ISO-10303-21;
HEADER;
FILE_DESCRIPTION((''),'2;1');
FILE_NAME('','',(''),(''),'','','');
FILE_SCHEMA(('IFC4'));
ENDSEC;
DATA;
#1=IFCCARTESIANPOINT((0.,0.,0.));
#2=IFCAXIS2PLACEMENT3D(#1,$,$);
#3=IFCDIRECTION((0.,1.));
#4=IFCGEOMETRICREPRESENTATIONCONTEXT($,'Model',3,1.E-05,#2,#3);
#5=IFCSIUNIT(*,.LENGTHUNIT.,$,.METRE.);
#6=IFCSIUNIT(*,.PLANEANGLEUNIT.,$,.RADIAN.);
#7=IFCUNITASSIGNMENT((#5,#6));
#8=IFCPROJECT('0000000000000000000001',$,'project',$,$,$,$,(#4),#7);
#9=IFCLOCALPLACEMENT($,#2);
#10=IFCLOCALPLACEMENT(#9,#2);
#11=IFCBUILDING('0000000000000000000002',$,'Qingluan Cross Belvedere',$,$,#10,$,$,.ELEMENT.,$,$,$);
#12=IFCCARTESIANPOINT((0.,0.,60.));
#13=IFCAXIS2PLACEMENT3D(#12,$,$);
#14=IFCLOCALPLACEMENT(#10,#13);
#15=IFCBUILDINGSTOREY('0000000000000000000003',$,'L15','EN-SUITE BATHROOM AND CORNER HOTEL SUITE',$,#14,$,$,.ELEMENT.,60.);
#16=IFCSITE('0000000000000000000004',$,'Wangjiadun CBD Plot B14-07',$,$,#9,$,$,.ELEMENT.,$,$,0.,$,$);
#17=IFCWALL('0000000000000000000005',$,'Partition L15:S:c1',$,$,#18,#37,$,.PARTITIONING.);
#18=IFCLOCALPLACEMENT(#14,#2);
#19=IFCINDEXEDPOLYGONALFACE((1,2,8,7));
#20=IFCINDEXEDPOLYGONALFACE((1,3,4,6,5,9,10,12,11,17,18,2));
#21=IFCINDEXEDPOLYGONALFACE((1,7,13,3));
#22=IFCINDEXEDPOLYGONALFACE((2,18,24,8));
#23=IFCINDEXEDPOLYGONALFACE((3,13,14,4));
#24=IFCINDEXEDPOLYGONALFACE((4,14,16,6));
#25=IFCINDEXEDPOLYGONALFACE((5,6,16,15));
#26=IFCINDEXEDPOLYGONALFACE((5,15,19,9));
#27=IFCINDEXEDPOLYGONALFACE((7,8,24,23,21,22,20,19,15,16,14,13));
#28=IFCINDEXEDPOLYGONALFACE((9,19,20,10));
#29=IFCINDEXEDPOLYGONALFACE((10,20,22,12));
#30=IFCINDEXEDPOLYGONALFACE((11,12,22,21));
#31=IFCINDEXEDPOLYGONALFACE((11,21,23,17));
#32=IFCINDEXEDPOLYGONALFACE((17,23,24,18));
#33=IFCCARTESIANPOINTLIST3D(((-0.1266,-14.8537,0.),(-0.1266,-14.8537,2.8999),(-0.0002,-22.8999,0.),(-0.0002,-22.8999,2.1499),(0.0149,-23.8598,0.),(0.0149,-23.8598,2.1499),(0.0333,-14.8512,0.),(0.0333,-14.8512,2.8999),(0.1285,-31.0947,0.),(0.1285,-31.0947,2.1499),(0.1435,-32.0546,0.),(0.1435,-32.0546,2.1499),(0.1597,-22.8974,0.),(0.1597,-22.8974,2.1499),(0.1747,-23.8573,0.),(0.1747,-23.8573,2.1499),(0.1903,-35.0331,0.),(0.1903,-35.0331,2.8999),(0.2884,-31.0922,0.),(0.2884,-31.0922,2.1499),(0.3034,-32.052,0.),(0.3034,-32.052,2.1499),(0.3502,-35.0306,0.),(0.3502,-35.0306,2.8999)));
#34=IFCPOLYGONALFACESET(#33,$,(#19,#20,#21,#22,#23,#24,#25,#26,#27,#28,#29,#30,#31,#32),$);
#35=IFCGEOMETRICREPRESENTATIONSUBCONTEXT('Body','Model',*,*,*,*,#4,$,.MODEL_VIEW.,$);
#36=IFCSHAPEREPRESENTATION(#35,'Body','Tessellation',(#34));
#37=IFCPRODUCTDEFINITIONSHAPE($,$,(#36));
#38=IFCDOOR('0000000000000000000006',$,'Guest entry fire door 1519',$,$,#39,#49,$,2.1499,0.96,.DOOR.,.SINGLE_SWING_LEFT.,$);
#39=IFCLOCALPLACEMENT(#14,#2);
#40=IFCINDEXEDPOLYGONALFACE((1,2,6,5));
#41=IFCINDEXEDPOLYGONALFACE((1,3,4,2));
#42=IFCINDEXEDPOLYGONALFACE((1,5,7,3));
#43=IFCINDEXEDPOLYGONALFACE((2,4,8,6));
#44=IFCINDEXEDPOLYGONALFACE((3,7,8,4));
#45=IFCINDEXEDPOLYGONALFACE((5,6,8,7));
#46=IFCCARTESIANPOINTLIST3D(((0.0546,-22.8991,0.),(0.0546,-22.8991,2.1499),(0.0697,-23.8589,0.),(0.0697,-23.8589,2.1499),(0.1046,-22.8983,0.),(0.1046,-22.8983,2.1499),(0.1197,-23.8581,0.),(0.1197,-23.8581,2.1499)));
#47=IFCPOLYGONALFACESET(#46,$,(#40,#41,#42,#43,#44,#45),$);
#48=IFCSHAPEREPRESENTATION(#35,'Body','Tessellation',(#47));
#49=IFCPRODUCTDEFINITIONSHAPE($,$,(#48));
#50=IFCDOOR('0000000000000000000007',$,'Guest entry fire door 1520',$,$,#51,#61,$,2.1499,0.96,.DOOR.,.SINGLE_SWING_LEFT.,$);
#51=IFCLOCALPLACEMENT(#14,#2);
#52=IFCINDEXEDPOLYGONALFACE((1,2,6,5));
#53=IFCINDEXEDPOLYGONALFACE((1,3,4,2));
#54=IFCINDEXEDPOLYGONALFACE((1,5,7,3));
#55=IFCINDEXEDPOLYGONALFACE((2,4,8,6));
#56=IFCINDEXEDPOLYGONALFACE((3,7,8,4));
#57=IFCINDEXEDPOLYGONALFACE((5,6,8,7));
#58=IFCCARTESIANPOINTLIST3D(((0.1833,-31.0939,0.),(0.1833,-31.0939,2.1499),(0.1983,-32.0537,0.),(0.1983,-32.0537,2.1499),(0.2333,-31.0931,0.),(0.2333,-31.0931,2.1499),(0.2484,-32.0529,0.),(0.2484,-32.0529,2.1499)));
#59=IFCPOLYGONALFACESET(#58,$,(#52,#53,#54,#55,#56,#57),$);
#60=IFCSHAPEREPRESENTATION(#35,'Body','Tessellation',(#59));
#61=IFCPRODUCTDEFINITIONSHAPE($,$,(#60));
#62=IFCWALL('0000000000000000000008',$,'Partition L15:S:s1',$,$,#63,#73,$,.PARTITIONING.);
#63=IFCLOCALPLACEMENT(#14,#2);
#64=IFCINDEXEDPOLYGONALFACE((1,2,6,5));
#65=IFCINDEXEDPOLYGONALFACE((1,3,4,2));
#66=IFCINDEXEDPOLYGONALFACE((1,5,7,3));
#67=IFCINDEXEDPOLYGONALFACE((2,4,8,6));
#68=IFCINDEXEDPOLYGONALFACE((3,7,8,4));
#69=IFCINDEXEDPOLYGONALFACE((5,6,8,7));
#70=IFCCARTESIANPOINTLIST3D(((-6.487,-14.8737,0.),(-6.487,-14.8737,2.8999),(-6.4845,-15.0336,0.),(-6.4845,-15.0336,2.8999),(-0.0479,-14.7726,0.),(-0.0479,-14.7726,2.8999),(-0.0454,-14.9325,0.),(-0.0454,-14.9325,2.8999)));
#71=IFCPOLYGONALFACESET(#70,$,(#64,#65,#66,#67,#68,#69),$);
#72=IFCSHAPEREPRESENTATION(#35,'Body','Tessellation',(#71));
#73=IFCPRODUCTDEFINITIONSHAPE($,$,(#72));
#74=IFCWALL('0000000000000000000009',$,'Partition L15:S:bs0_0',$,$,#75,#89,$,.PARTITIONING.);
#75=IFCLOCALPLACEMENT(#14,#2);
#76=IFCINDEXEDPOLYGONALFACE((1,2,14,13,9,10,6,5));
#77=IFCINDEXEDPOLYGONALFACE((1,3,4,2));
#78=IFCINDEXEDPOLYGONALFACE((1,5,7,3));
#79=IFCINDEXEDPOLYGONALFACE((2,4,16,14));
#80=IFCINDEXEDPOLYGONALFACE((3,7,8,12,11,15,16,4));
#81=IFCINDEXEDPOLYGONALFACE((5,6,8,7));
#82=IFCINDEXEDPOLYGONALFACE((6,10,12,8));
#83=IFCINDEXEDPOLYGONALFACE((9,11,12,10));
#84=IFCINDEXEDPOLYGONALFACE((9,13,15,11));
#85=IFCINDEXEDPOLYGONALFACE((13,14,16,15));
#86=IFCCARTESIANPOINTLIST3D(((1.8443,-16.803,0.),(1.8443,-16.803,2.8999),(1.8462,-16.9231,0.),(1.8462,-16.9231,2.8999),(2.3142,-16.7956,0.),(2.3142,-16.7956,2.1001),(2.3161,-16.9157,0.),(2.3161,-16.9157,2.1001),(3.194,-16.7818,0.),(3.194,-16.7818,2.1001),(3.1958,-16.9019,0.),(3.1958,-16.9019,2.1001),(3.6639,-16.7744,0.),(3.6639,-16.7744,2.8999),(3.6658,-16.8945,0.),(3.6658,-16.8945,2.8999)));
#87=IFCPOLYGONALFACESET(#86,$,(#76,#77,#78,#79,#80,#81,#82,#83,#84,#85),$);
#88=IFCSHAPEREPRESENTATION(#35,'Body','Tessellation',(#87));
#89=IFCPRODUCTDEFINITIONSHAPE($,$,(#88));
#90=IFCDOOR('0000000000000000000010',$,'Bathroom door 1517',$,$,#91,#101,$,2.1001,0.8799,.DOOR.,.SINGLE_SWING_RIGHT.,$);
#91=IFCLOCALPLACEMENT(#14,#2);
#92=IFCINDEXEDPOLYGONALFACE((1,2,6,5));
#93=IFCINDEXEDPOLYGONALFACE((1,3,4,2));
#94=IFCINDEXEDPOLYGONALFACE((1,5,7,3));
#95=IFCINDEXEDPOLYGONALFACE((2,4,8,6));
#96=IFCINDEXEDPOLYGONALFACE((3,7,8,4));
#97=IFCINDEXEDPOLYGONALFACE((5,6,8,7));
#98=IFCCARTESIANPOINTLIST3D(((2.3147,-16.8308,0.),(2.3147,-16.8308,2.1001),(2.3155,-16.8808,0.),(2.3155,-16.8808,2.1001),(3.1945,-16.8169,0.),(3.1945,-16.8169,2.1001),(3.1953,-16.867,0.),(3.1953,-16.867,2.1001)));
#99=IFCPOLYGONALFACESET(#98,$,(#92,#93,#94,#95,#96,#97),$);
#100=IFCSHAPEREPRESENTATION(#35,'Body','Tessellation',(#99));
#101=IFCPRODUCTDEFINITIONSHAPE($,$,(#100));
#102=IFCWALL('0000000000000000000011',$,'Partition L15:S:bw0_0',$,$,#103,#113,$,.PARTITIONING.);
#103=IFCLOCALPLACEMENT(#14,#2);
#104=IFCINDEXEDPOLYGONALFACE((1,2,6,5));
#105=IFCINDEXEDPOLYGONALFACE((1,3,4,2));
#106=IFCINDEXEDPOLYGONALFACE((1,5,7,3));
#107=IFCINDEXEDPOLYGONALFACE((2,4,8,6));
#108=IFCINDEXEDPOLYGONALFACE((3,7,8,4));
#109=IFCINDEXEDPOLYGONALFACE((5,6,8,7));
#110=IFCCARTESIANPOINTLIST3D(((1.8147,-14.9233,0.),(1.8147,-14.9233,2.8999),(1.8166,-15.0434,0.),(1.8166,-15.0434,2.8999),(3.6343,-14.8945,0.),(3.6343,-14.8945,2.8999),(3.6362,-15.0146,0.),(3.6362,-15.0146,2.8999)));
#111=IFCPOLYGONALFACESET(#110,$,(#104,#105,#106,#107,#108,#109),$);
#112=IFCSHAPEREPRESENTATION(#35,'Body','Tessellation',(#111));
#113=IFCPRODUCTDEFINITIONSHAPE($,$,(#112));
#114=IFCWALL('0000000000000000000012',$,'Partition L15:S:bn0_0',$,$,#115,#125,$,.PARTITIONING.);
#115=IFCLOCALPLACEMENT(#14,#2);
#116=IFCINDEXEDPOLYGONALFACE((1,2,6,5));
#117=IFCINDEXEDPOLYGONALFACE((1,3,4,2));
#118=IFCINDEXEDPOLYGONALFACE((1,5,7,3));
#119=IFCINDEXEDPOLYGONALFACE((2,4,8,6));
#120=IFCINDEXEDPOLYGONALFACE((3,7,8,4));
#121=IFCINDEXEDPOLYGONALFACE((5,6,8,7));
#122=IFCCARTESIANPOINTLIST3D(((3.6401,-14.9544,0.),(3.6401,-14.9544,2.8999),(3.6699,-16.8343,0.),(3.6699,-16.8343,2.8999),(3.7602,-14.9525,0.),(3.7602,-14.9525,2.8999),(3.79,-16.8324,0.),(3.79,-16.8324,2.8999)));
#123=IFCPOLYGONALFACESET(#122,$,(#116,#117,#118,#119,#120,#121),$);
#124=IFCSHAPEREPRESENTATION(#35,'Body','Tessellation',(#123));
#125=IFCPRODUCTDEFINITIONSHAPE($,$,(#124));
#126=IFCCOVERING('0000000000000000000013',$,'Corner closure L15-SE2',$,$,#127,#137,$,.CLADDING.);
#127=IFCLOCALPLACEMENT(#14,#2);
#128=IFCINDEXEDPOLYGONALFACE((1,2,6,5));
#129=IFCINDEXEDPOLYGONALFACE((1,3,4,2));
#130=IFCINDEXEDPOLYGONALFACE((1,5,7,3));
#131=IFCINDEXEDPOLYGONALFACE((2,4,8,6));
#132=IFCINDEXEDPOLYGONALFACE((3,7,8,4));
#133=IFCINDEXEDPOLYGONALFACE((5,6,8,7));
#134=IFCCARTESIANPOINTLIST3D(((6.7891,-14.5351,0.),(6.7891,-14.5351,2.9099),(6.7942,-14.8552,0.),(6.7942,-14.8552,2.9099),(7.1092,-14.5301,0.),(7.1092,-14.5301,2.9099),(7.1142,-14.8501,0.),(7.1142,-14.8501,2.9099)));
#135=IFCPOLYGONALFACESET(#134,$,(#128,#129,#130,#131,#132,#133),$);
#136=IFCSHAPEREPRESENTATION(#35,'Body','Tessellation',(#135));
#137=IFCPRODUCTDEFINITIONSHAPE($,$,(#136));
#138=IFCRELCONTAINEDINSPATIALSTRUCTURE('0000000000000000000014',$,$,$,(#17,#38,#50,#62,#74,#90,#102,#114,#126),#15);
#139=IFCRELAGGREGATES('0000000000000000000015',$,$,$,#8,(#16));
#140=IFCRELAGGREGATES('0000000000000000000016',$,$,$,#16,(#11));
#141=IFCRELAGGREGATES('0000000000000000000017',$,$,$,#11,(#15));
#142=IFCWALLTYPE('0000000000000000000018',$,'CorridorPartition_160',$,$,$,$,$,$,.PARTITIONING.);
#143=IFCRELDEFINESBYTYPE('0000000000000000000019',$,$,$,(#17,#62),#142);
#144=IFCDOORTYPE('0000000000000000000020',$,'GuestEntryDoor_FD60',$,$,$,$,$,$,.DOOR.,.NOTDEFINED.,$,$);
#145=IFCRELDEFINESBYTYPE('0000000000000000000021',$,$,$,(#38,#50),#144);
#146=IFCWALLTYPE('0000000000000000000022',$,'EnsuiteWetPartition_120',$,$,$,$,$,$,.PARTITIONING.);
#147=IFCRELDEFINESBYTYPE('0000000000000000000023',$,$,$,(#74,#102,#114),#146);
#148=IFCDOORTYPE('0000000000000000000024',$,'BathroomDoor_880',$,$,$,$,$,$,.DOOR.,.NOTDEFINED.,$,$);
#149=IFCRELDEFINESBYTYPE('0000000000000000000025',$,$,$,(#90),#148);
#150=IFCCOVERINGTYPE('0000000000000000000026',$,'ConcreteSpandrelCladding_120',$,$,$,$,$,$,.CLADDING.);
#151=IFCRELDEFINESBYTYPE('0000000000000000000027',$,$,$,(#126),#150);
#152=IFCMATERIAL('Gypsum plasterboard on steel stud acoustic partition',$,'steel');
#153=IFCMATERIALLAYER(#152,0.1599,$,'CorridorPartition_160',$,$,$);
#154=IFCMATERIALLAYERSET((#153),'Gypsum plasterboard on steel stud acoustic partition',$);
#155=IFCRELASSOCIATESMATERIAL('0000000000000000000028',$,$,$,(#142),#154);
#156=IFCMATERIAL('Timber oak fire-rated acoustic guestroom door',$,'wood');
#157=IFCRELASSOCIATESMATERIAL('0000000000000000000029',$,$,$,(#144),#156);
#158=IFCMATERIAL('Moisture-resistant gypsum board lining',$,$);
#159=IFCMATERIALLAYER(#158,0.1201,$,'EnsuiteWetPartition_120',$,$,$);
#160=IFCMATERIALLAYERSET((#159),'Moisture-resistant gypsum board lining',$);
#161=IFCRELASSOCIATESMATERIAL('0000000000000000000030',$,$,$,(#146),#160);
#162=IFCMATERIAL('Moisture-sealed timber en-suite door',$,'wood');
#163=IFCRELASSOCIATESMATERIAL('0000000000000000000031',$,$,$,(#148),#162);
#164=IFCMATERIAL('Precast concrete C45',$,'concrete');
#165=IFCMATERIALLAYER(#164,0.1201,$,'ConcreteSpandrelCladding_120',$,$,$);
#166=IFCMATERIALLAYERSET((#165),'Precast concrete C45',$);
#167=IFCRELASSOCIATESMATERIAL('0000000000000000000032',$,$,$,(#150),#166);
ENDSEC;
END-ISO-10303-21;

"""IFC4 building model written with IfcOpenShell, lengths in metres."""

from ifc_helpers import new_model, si_unit, direction, frame, frame_2d, origin, origin_2d, place, context, subcontext, project, spatial, rectangle, extrude, material, layer, layer_set, type_object, element, fill, save


model = new_model("IFC4")

# Units and contexts
model_context = context("Model", 3, precision=1e-05, world=origin(), true_north=direction((0.0, 1.0)))
body_context = subcontext(model_context, "Body", "Model", "MODEL_VIEW")
ifc_project = project(units=[si_unit("LENGTHUNIT", "METRE"), si_unit("PLANEANGLEUNIT", "RADIAN")], contexts=[model_context])

# Site, building, storey
site_placement = place(None, origin())
site = spatial("IfcSite", under=ifc_project, at=site_placement, Name="Wangjiadun CBD Plot B14-07", CompositionType="ELEMENT", RefElevation=0.0)
building_placement = place(site_placement, origin())
building = spatial("IfcBuilding", under=site, at=building_placement, Name="Qingluan Cross Belvedere", CompositionType="ELEMENT")
storey_placement = place(building_placement, frame((0.0, 0.0, 60.0)))
storey = spatial("IfcBuildingStorey", under=building, at=storey_placement, Name="L15", Description="EN-SUITE BATHROOM AND CORNER HOTEL SUITE", CompositionType="ELEMENT", Elevation=60.0)

# Shared definitions
ifc_material_1 = material(Name="Gypsum plasterboard on steel stud acoustic partition", Category="steel")
ifc_layer_1 = layer(ifc_material_1, 0.1599, Name="CorridorPartition_160")
ifc_layer_set_1 = layer_set([ifc_layer_1], Name="Gypsum plasterboard on steel stud acoustic partition")
wall_type_1 = type_object("IfcWallType", Name="CorridorPartition_160", PredefinedType="PARTITIONING", material=ifc_layer_set_1)
ifc_material_2 = material(Name="Timber oak fire-rated acoustic guestroom door", Category="wood")
door_type_1 = type_object("IfcDoorType", Name="GuestEntryDoor_FD60", OperationType="NOTDEFINED", PredefinedType="DOOR", material=ifc_material_2)

# Wall, openings, doors
wall_1_placement = place(storey_placement, frame((-0.0466, -14.8525, 0.0), z_axis=(0.0, 0.0, 1.0), x_axis=(0.015702, -0.999877, 0.0)))
wall_1 = element("IfcWall", 1, at=wall_1_placement, inside=storey, type_object=wall_type_1, Name="Partition L15:S:c1", PredefinedType="PARTITIONING", context=body_context, shape_type="SweptSolid", body=[
    extrude(rectangle(XDim=20.1819, YDim=0.1599, at=frame_2d((10.0908, 0.0))), origin(), (0.0, 0.0, 1.0), 2.8999),
])
opening_1_placement = place(wall_1_placement, frame((8.0471, 0.0, 0.0)))
opening_1 = element("IfcOpeningElement", 2, at=opening_1_placement, cuts=wall_1, PredefinedType="OPENING", context=body_context, shape_type="SweptSolid", body=[
    extrude(rectangle(XDim=0.96, YDim=2.1499, at=frame_2d((0.48, 1.075))), frame((0.0, 0.0898, 0.0), z_axis=(0.0, -1.0, 0.0), x_axis=(1.0, 0.0, 0.0)), (0.0, 0.0, 1.0), 0.1799),
])
opening_2_placement = place(wall_1_placement, frame((16.2429, 0.0, 0.0)))
opening_2 = element("IfcOpeningElement", 3, at=opening_2_placement, cuts=wall_1, PredefinedType="OPENING", context=body_context, shape_type="SweptSolid", body=[
    extrude(rectangle(XDim=0.96, YDim=2.1499, at=frame_2d((0.48, 1.075))), frame((0.0, 0.0898, 0.0), z_axis=(0.0, -1.0, 0.0), x_axis=(1.0, 0.0, 0.0)), (0.0, 0.0, 1.0), 0.1799),
])
door_1_placement = place(opening_1_placement, origin())
door_1 = element("IfcDoor", 4, at=door_1_placement, inside=storey, type_object=door_type_1, Name="Guest entry fire door 1519", OperationType="SINGLE_SWING_LEFT", OverallHeight=2.1499, OverallWidth=0.96, PredefinedType="DOOR", context=body_context, shape_type="SweptSolid", body=[
    extrude(rectangle(XDim=0.96, YDim=2.1499, at=frame_2d((0.48, 1.075))), frame((0.0, 0.0249, 0.0), z_axis=(0.0, -1.0, 0.0), x_axis=(1.0, 0.0, 0.0)), (0.0, 0.0, 1.0), 0.05),
])
fill(opening_1, door_1)
door_2_placement = place(opening_2_placement, origin())
door_2 = element("IfcDoor", 5, at=door_2_placement, inside=storey, type_object=door_type_1, Name="Guest entry fire door 1520", OperationType="SINGLE_SWING_LEFT", OverallHeight=2.1499, OverallWidth=0.96, PredefinedType="DOOR", context=body_context, shape_type="SweptSolid", body=[
    extrude(rectangle(XDim=0.96, YDim=2.1499, at=frame_2d((0.48, 1.075))), frame((0.0, 0.0249, 0.0), z_axis=(0.0, -1.0, 0.0), x_axis=(1.0, 0.0, 0.0)), (0.0, 0.0, 1.0), 0.05),
])
fill(opening_2, door_2)

# Wall
wall_2_placement = place(storey_placement, frame((-0.0466, -14.8525, 0.0), z_axis=(0.0, 0.0, 1.0), x_axis=(-0.999877, -0.015695, 0.0)))
element("IfcWall", 6, at=wall_2_placement, inside=storey, type_object=wall_type_1, Name="Partition L15:S:s1", PredefinedType="PARTITIONING", context=body_context, shape_type="SweptSolid", body=[
    extrude(rectangle(XDim=6.4399, YDim=0.1599, at=frame_2d((3.22, 0.0))), origin(), (0.0, 0.0, 1.0), 2.8999),
])

# Wall, opening, door
ifc_material_3 = material(Name="Moisture-resistant gypsum board lining")
ifc_layer_2 = layer(ifc_material_3, 0.1201, Name="EnsuiteWetPartition_120")
ifc_layer_set_2 = layer_set([ifc_layer_2], Name="Moisture-resistant gypsum board lining")
wall_type_2 = type_object("IfcWallType", Name="EnsuiteWetPartition_120", PredefinedType="PARTITIONING", material=ifc_layer_set_2)
wall_3_placement = place(storey_placement, frame((1.8452, -16.863, 0.0), z_axis=(0.0, 0.0, 1.0), x_axis=(0.999877, 0.015696, 0.0)))
wall_3 = element("IfcWall", 7, at=wall_3_placement, inside=storey, type_object=wall_type_2, Name="Partition L15:S:bs0_0", PredefinedType="PARTITIONING", context=body_context, shape_type="SweptSolid", body=[
    extrude(rectangle(XDim=1.8198, YDim=0.1201, at=frame_2d((0.9099, 0.0))), origin(), (0.0, 0.0, 1.0), 2.8999),
])
opening_3_placement = place(wall_3_placement, frame((0.47, 0.0, 0.0)))
opening_3 = element("IfcOpeningElement", 8, at=opening_3_placement, cuts=wall_3, PredefinedType="OPENING", context=body_context, shape_type="SweptSolid", body=[
    extrude(rectangle(XDim=0.8799, YDim=2.1001, at=frame_2d((0.4399, 1.05))), frame((0.0, 0.0701, 0.0), z_axis=(0.0, -1.0, 0.0), x_axis=(1.0, 0.0, 0.0)), (0.0, 0.0, 1.0), 0.1401),
])
ifc_material_4 = material(Name="Moisture-sealed timber en-suite door", Category="wood")
door_type_2 = type_object("IfcDoorType", Name="BathroomDoor_880", OperationType="NOTDEFINED", PredefinedType="DOOR", material=ifc_material_4)
door_3_placement = place(opening_3_placement, origin())
door_3 = element("IfcDoor", 9, at=door_3_placement, inside=storey, type_object=door_type_2, Name="Bathroom door 1517", OperationType="SINGLE_SWING_RIGHT", OverallHeight=2.1001, OverallWidth=0.8799, PredefinedType="DOOR", context=body_context, shape_type="SweptSolid", body=[
    extrude(rectangle(XDim=0.8799, YDim=2.1001, at=frame_2d((0.4399, 1.05))), frame((0.0, 0.0249, 0.0), z_axis=(0.0, -1.0, 0.0), x_axis=(1.0, 0.0, 0.0)), (0.0, 0.0, 1.0), 0.05),
])
fill(opening_3, door_3)

# Walls
wall_4_placement = place(storey_placement, frame((1.8157, -14.9834, 0.0), z_axis=(0.0, 0.0, 1.0), x_axis=(0.999875, 0.015831, 0.0)))
element("IfcWall", 10, at=wall_4_placement, inside=storey, type_object=wall_type_2, Name="Partition L15:S:bw0_0", PredefinedType="PARTITIONING", context=body_context, shape_type="SweptSolid", body=[
    extrude(rectangle(XDim=1.8198, YDim=0.1201, at=frame_2d((0.9099, 0.0))), origin(), (0.0, 0.0, 1.0), 2.8999),
])
wall_5_placement = place(storey_placement, frame((3.7002, -14.9536, 0.0), z_axis=(0.0, 0.0, 1.0), x_axis=(0.015842, -0.999875, 0.0)))
element("IfcWall", 11, at=wall_5_placement, inside=storey, type_object=wall_type_2, Name="Partition L15:S:bn0_0", PredefinedType="PARTITIONING", context=body_context, shape_type="SweptSolid", body=[
    extrude(rectangle(XDim=1.8801, YDim=0.1201, at=frame_2d((0.9399, 0.0))), origin(), (0.0, 0.0, 1.0), 2.8999),
])

# Covering
ifc_material_5 = material(Name="Precast concrete C45", Category="concrete")
ifc_layer_3 = layer(ifc_material_5, 0.1201, Name="ConcreteSpandrelCladding_120")
ifc_layer_set_3 = layer_set([ifc_layer_3], Name="Precast concrete C45")
covering_type = type_object("IfcCoveringType", Name="ConcreteSpandrelCladding_120", PredefinedType="CLADDING", material=ifc_layer_set_3)
covering_placement = place(storey_placement, frame((6.9517, -14.6926, 0.0), z_axis=(0.0, 0.0, 1.0), x_axis=(0.999877, 0.015707, 0.0)))
element("IfcCovering", 12, at=covering_placement, inside=storey, type_object=covering_type, Name="Corner closure L15-SE2", PredefinedType="CLADDING", context=body_context, shape_type="SweptSolid", body=[
    extrude(rectangle(XDim=0.3201, YDim=0.3201, at=origin_2d()), origin(), (0.0, 0.0, 1.0), 2.9099),
])

save(model, "model.ifc")
